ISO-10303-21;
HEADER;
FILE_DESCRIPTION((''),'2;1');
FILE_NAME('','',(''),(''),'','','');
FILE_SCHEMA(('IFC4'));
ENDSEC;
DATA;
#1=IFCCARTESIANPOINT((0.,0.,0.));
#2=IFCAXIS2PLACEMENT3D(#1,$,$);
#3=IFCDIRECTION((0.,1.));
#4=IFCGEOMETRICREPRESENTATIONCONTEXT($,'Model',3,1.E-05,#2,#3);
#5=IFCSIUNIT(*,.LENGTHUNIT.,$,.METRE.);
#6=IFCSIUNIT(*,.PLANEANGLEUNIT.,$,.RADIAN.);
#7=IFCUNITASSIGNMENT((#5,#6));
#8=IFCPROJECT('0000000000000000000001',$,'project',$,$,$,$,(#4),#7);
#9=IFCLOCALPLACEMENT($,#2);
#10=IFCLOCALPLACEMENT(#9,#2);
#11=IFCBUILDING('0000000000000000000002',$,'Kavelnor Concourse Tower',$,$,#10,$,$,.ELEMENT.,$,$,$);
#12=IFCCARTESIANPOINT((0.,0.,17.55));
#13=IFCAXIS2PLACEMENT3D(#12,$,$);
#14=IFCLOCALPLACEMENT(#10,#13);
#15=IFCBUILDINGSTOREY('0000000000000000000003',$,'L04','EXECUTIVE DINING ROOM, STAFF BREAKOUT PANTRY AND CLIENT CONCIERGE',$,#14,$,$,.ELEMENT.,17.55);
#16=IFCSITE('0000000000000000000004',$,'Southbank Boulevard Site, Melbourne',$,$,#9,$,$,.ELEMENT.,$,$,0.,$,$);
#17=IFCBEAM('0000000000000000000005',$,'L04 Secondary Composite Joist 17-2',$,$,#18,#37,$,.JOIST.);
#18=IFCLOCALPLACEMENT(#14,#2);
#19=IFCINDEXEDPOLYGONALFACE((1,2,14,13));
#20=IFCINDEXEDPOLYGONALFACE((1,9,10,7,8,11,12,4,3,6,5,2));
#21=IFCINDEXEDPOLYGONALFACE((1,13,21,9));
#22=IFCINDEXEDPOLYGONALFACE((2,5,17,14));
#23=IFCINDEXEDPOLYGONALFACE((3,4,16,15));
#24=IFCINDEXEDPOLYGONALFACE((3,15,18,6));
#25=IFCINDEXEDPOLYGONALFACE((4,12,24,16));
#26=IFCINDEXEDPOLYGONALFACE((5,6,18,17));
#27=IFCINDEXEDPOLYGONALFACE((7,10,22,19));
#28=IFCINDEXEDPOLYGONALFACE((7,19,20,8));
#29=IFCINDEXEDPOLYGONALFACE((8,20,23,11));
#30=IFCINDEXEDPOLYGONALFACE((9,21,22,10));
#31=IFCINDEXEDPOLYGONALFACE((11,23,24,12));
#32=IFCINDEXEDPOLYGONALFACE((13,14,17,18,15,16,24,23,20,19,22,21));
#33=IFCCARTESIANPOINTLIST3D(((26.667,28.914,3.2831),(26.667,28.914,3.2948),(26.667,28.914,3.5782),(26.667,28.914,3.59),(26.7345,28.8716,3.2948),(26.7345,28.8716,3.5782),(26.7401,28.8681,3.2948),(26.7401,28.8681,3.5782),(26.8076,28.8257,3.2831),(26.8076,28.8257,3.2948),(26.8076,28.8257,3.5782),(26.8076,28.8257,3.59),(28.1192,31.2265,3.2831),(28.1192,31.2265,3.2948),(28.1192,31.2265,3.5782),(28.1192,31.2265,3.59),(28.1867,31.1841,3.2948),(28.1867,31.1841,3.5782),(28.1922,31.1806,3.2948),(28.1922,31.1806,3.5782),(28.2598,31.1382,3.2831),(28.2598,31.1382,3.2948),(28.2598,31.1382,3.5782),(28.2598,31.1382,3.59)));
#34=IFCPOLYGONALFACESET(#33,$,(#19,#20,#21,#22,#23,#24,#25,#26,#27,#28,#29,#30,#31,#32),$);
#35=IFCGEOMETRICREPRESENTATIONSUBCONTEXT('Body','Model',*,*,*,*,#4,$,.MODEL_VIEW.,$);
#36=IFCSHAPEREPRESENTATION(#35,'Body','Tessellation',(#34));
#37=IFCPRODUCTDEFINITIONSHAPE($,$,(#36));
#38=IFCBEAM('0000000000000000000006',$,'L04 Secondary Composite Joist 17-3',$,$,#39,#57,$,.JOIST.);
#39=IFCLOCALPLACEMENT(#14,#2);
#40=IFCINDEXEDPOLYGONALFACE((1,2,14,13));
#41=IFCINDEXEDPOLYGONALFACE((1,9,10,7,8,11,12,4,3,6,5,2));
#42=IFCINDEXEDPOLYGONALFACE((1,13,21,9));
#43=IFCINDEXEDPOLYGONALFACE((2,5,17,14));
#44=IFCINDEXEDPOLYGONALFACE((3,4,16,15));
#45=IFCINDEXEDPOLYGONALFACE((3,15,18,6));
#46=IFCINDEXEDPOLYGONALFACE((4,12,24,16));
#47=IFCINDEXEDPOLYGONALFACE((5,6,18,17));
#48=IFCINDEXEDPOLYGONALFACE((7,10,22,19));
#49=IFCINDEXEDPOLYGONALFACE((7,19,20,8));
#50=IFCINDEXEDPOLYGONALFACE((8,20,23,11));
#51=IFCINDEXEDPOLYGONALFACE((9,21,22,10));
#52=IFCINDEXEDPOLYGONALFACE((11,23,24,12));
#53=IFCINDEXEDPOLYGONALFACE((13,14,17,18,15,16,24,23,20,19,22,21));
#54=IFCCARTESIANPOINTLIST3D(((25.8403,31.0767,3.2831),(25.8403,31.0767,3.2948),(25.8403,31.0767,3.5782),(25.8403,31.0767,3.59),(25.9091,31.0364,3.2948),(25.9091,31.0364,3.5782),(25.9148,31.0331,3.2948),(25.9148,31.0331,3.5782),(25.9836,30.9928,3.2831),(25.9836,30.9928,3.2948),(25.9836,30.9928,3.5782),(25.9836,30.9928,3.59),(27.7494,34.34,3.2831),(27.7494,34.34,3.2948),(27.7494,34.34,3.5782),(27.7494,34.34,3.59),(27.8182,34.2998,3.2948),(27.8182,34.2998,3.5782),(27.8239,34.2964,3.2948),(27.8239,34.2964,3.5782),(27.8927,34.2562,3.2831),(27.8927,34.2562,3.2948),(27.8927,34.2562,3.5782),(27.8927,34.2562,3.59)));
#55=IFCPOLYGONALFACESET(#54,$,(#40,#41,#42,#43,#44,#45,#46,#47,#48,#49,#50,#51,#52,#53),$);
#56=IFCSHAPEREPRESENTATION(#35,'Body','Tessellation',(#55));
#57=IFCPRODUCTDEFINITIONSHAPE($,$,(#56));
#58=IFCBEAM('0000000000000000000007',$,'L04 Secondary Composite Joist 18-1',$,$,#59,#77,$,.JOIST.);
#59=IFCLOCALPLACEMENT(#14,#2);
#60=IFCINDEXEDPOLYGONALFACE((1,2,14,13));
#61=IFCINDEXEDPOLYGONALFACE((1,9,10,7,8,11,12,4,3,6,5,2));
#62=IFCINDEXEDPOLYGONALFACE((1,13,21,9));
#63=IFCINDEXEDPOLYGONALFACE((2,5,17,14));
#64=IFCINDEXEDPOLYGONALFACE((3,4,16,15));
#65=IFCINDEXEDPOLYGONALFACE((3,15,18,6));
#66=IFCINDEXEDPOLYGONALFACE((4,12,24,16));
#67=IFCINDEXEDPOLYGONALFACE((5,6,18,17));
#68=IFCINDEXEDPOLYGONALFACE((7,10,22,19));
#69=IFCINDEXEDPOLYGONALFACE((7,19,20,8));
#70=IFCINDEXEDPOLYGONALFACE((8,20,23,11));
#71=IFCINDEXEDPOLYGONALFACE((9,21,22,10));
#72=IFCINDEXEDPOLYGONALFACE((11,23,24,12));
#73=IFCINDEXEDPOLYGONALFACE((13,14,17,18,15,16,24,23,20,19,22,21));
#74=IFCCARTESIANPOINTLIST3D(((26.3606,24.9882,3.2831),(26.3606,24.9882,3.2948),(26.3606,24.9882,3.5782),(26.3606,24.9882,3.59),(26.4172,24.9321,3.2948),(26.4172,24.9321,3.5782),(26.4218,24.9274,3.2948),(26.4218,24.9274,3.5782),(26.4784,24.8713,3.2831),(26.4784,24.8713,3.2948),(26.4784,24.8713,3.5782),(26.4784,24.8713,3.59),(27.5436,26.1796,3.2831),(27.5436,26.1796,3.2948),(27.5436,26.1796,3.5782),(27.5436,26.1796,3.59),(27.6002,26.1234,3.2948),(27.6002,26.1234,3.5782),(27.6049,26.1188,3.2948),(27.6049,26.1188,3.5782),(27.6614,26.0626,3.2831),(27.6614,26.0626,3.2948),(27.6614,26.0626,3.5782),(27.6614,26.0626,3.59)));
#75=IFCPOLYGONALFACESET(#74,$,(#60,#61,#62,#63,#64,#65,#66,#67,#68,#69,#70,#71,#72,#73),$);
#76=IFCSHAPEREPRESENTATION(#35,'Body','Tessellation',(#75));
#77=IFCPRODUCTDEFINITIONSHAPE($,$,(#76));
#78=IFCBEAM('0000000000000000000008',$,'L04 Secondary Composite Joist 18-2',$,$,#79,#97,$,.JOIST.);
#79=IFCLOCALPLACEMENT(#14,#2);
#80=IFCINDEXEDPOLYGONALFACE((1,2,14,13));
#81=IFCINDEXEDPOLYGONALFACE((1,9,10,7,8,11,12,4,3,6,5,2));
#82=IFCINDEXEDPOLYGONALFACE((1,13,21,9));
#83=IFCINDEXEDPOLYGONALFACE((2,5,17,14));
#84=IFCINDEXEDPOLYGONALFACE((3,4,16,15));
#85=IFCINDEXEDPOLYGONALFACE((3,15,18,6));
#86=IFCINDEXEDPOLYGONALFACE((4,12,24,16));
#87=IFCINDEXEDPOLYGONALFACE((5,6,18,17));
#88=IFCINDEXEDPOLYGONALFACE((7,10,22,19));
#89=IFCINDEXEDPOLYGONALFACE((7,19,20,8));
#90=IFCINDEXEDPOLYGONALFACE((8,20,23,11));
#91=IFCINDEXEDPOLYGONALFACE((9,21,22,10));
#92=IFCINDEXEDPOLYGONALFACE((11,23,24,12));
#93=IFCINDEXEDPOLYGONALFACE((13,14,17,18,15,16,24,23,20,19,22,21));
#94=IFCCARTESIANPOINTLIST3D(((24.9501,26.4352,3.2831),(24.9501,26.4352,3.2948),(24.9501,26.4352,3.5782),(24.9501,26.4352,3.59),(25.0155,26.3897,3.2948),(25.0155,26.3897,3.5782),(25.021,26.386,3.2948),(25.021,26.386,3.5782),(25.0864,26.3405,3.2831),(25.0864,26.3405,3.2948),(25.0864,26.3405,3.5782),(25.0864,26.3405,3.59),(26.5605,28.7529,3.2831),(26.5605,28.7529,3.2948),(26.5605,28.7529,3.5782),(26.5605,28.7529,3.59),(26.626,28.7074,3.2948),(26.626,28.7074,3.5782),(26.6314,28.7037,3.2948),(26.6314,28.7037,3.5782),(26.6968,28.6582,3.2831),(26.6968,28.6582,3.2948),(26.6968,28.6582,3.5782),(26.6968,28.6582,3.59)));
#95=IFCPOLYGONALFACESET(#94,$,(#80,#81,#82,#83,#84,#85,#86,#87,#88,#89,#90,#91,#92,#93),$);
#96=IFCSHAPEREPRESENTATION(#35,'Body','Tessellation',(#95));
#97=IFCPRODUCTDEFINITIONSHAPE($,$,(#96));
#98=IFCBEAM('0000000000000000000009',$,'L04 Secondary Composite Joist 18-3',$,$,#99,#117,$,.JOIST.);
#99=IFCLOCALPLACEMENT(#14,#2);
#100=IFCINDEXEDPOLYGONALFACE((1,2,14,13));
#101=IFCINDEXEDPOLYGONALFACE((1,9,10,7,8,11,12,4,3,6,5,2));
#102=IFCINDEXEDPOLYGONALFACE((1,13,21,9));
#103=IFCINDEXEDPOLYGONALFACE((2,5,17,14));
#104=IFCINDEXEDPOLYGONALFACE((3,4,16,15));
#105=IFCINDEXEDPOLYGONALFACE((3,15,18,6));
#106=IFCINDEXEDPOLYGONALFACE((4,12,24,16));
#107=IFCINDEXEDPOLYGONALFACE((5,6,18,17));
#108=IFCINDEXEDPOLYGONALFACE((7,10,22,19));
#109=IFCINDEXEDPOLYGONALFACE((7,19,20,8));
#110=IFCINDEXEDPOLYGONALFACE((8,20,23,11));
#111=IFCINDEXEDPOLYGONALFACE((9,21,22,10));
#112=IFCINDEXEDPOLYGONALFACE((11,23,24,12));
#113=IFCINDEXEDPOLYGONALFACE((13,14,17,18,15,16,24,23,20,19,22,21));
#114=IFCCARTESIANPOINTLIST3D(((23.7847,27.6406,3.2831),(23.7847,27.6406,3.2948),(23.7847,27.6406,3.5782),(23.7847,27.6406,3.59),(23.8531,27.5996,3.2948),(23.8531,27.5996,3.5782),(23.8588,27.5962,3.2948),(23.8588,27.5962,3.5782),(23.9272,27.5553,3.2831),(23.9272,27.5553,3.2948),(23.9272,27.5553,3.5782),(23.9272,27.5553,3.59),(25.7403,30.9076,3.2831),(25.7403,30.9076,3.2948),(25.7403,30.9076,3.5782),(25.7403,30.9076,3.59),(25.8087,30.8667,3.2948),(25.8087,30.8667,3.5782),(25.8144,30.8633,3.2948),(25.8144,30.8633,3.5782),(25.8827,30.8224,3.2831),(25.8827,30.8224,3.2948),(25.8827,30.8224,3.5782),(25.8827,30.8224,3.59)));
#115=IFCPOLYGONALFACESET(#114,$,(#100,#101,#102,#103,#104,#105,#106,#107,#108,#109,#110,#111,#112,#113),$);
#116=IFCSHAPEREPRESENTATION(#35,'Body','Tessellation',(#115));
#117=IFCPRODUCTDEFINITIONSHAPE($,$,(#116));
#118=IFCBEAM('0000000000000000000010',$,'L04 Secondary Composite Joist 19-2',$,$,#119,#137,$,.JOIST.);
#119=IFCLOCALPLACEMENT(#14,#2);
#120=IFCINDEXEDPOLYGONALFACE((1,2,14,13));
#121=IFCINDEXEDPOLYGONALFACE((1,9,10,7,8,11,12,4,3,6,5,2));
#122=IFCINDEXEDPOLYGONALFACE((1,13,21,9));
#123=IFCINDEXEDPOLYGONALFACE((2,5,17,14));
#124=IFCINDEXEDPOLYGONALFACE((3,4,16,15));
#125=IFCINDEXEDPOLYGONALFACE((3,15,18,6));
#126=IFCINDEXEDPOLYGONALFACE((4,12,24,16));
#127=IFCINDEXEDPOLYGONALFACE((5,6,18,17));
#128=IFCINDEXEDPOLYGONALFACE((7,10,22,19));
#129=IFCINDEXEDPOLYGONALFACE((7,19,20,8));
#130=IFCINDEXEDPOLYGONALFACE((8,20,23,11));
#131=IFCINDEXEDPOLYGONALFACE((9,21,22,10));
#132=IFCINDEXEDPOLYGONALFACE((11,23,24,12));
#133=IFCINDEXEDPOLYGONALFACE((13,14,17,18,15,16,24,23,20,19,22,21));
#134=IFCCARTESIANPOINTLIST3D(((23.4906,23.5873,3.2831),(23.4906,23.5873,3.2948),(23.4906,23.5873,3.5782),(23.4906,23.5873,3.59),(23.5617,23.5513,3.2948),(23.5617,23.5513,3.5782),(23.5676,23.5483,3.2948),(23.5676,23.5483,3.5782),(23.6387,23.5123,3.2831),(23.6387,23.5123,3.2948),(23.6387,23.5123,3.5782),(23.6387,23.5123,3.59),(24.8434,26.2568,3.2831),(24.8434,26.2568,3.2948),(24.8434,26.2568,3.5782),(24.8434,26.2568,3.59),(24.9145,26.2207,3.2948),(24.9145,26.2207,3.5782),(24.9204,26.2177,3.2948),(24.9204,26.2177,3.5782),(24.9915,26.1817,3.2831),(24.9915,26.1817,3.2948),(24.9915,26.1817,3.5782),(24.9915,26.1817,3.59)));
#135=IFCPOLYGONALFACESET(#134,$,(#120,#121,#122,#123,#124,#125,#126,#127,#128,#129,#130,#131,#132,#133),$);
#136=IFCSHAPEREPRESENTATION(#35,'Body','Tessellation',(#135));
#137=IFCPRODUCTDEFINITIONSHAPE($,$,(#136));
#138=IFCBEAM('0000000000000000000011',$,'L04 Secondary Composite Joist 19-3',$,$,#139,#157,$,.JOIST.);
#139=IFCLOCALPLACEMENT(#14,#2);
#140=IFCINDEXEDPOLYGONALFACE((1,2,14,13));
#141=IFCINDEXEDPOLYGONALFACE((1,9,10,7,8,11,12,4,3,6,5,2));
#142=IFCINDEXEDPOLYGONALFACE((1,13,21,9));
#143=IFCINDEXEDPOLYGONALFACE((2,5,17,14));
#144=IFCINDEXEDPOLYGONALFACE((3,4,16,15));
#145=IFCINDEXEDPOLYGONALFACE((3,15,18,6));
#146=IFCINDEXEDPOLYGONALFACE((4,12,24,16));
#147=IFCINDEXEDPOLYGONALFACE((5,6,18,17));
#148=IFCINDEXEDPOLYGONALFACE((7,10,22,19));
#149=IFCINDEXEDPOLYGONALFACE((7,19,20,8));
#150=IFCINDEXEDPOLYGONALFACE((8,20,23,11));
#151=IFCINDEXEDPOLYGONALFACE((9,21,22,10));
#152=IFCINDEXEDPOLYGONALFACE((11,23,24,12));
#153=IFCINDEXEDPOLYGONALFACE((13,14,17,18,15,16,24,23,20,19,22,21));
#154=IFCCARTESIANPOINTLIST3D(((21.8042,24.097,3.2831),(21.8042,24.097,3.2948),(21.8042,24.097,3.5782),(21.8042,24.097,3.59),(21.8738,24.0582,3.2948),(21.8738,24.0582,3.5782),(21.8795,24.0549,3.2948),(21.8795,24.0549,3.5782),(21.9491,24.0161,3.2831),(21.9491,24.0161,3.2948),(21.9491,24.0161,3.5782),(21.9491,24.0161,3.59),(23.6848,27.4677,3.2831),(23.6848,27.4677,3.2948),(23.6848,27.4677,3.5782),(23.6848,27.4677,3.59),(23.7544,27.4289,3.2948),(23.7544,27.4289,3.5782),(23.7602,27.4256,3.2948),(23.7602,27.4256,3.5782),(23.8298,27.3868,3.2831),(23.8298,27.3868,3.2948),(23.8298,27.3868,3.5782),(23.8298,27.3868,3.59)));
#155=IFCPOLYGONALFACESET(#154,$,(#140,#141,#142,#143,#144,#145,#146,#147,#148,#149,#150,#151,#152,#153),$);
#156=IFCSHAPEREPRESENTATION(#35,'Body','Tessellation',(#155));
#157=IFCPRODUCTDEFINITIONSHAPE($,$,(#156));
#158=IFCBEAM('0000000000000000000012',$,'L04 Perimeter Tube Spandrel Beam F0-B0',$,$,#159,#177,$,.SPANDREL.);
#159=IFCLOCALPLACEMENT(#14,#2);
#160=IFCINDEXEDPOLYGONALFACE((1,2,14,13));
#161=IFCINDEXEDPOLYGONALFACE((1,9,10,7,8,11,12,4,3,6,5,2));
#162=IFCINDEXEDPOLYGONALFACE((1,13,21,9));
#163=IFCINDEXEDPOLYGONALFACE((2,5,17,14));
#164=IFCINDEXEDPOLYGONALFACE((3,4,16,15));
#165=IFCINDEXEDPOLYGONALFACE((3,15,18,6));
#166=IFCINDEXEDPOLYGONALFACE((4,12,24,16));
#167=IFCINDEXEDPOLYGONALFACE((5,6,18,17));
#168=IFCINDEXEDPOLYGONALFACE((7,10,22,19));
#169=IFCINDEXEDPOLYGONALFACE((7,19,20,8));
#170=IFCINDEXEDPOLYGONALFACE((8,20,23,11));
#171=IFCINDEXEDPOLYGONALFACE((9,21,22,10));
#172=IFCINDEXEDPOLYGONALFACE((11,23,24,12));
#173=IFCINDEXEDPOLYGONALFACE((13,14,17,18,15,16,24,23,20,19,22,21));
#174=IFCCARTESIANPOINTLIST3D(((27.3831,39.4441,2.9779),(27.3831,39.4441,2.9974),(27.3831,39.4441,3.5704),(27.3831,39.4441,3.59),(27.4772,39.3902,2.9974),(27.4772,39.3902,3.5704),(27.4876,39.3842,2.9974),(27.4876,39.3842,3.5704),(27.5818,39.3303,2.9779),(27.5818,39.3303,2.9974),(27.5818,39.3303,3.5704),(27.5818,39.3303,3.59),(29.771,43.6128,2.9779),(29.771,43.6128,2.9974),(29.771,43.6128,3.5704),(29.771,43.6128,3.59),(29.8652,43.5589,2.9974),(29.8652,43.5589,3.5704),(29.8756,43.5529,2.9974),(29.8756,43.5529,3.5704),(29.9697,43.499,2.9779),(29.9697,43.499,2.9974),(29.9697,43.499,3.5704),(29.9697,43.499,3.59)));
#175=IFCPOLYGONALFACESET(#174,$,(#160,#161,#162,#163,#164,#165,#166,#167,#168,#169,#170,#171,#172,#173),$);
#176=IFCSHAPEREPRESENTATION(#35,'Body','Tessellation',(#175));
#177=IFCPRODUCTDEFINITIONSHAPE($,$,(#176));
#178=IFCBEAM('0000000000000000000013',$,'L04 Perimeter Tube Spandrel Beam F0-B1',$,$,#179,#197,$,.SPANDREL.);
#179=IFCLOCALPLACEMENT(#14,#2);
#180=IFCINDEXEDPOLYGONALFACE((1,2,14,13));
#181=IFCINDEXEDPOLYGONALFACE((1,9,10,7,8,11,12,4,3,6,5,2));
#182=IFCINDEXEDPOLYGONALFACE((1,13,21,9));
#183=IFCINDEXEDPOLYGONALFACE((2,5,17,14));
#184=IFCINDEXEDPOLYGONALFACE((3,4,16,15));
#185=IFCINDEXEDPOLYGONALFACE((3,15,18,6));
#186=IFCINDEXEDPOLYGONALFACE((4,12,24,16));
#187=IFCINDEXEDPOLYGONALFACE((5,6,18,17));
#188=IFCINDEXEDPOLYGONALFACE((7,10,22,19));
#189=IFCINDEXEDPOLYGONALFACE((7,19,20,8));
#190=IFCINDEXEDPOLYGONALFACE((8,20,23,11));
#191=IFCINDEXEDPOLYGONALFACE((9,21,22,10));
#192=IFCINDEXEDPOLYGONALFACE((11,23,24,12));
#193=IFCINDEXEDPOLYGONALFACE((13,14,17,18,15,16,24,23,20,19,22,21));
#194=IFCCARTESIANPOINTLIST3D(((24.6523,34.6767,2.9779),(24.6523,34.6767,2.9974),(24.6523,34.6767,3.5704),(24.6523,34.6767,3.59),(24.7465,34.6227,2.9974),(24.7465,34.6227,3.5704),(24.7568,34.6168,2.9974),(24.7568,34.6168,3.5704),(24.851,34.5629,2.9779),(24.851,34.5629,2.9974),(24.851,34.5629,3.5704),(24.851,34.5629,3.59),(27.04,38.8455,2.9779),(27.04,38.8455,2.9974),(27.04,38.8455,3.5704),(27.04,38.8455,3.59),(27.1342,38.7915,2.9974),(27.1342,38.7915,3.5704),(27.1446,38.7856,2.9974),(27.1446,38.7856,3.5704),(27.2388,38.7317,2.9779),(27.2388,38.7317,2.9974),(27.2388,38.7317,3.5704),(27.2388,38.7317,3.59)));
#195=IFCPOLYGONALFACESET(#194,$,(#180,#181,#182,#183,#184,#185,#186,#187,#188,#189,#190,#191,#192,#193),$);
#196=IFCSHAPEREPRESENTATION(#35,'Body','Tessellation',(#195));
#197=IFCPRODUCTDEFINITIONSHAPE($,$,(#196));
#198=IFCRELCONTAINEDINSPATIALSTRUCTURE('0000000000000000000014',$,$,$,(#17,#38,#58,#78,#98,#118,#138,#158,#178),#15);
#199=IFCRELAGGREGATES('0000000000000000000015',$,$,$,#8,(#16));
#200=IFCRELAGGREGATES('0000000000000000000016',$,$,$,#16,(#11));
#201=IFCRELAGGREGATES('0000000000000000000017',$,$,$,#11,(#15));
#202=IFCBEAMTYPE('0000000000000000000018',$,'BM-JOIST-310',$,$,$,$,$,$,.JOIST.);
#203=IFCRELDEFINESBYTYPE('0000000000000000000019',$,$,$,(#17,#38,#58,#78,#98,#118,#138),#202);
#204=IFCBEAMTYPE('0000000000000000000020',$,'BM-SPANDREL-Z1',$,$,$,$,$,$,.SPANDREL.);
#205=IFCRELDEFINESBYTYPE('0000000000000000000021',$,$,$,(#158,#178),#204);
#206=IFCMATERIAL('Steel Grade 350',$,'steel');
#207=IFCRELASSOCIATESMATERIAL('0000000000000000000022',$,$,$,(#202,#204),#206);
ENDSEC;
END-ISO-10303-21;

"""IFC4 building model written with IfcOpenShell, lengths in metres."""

from ifc_helpers import new_model, si_unit, direction, frame, origin, origin_2d, place, context, subcontext, project, spatial, i_section, extrude, material, material_profile, profile_set, type_object, element, save


model = new_model("IFC4")

# Units and contexts
model_context = context("Model", 3, precision=1e-05, world=origin(), true_north=direction((0.0, 1.0)))
body_context = subcontext(model_context, "Body", "Model", "MODEL_VIEW")
ifc_project = project(units=[si_unit("LENGTHUNIT", "METRE"), si_unit("PLANEANGLEUNIT", "RADIAN")], contexts=[model_context])

# Site, building, storey
site_placement = place(None, origin())
site = spatial("IfcSite", under=ifc_project, at=site_placement, Name="Southbank Boulevard Site, Melbourne", CompositionType="ELEMENT", RefElevation=0.0)
building_placement = place(site_placement, origin())
building = spatial("IfcBuilding", under=site, at=building_placement, Name="Kavelnor Concourse Tower", CompositionType="ELEMENT")
storey_placement = place(building_placement, frame((0.0, 0.0, 17.55)))
storey = spatial("IfcBuildingStorey", under=building, at=storey_placement, Name="L04", Description="EXECUTIVE DINING ROOM, STAFF BREAKOUT PANTRY AND CLIENT CONCIERGE", CompositionType="ELEMENT", Elevation=17.55)

# Shared definitions
ifc_material_1 = material(Name="Steel Grade 350", Category="steel")

# Beams
ifc_material_profile_1 = material_profile(ifc_material_1, i_section(OverallWidth=0.166, OverallDepth=0.3069, WebThickness=0.0066, FlangeThickness=0.0117, at=origin_2d()), Name="310UB46")
ifc_profile_set_1 = profile_set([ifc_material_profile_1], Name="Steel Grade 350")
beam_type_1 = type_object("IfcBeamType", Name="BM-JOIST-310", PredefinedType="JOIST", material=ifc_profile_set_1)
beam_1_placement = place(storey_placement, frame((28.1895, 31.1824, 3.4365), z_axis=(-0.531798, -0.846871, 0.0), x_axis=(0.846871, -0.531798, 0.0)))
element("IfcBeam", 1, at=beam_1_placement, inside=storey, type_object=beam_type_1, Name="L04 Secondary Composite Joist 17-2", PredefinedType="JOIST", context=body_context, shape_type="SweptSolid", body=[
    extrude(i_section(OverallWidth=0.166, OverallDepth=0.3069, WebThickness=0.0066, FlangeThickness=0.0117, at=origin_2d()), origin(), (0.0, 0.0, 1.0), 2.7307),
])
beam_2_placement = place(storey_placement, frame((27.821, 34.2981, 3.4365), z_axis=(-0.504959, -0.863144, 0.0), x_axis=(0.863144, -0.504959, 0.0)))
element("IfcBeam", 2, at=beam_2_placement, inside=storey, type_object=beam_type_1, Name="L04 Secondary Composite Joist 17-3", PredefinedType="JOIST", context=body_context, shape_type="SweptSolid", body=[
    extrude(i_section(OverallWidth=0.166, OverallDepth=0.3069, WebThickness=0.0066, FlangeThickness=0.0117, at=origin_2d()), origin(), (0.0, 0.0, 1.0), 3.7808),
])
beam_3_placement = place(storey_placement, frame((27.6025, 26.1211, 3.4365), z_axis=(-0.704631, -0.709574, 0.0), x_axis=(0.709574, -0.704631, 0.0)))
element("IfcBeam", 3, at=beam_3_placement, inside=storey, type_object=beam_type_1, Name="L04 Secondary Composite Joist 18-1", PredefinedType="JOIST", context=body_context, shape_type="SweptSolid", body=[
    extrude(i_section(OverallWidth=0.166, OverallDepth=0.3069, WebThickness=0.0066, FlangeThickness=0.0117, at=origin_2d()), origin(), (0.0, 0.0, 1.0), 1.679),
])
beam_4_placement = place(storey_placement, frame((26.6287, 28.7056, 3.4365), z_axis=(-0.570608, -0.821222, 0.0), x_axis=(0.821222, -0.570608, 0.0)))
element("IfcBeam", 4, at=beam_4_placement, inside=storey, type_object=beam_type_1, Name="L04 Secondary Composite Joist 18-2", PredefinedType="JOIST", context=body_context, shape_type="SweptSolid", body=[
    extrude(i_section(OverallWidth=0.166, OverallDepth=0.3069, WebThickness=0.0066, FlangeThickness=0.0117, at=origin_2d()), origin(), (0.0, 0.0, 1.0), 2.8223),
])
beam_5_placement = place(storey_placement, frame((25.8115, 30.865, 3.4365), z_axis=(-0.51359, -0.858036, 0.0), x_axis=(0.858036, -0.51359, 0.0)))
element("IfcBeam", 5, at=beam_5_placement, inside=storey, type_object=beam_type_1, Name="L04 Secondary Composite Joist 18-3", PredefinedType="JOIST", context=body_context, shape_type="SweptSolid", body=[
    extrude(i_section(OverallWidth=0.166, OverallDepth=0.3069, WebThickness=0.0066, FlangeThickness=0.0117, at=origin_2d()), origin(), (0.0, 0.0, 1.0), 3.8076),
])
beam_6_placement = place(storey_placement, frame((24.9175, 26.2192, 3.4365), z_axis=(-0.452037, -0.891999, 0.0), x_axis=(0.891999, -0.452037, 0.0)))
element("IfcBeam", 6, at=beam_6_placement, inside=storey, type_object=beam_type_1, Name="L04 Secondary Composite Joist 19-2", PredefinedType="JOIST", context=body_context, shape_type="SweptSolid", body=[
    extrude(i_section(OverallWidth=0.166, OverallDepth=0.3069, WebThickness=0.0066, FlangeThickness=0.0117, at=origin_2d()), origin(), (0.0, 0.0, 1.0), 2.9927),
])
beam_7_placement = place(storey_placement, frame((23.7573, 27.4272, 3.4365), z_axis=(-0.487237, -0.87327, 0.0), x_axis=(0.87327, -0.487237, 0.0)))
element("IfcBeam", 7, at=beam_7_placement, inside=storey, type_object=beam_type_1, Name="L04 Secondary Composite Joist 19-3", PredefinedType="JOIST", context=body_context, shape_type="SweptSolid", body=[
    extrude(i_section(OverallWidth=0.166, OverallDepth=0.3069, WebThickness=0.0066, FlangeThickness=0.0117, at=origin_2d()), origin(), (0.0, 0.0, 1.0), 3.8599),
])
ifc_material_profile_2 = material_profile(ifc_material_1, i_section(OverallWidth=0.229, OverallDepth=0.6121, WebThickness=0.012, FlangeThickness=0.0195, at=origin_2d()), Name="610UB125")
ifc_profile_set_2 = profile_set([ifc_material_profile_2], Name="Steel Grade 350")
beam_type_2 = type_object("IfcBeamType", Name="BM-SPANDREL-Z1", PredefinedType="SPANDREL", material=ifc_profile_set_2)
for number, where, z_axis, x_axis, name in (
    (8, (29.8704, 43.5559, 3.2839), (-0.497053, -0.86772, 0.0), (0.86772, -0.497053, 0.0), "L04 Perimeter Tube Spandrel Beam F0-B0"),
    (9, (27.1394, 38.7886, 3.2839), (-0.497014, -0.867742, 0.0), (0.867742, -0.497014, 0.0), "L04 Perimeter Tube Spandrel Beam F0-B1"),
):
    element("IfcBeam", number, at=place(storey_placement, frame(where, z_axis=z_axis, x_axis=x_axis)), inside=storey, type_object=beam_type_2, Name=name, PredefinedType="SPANDREL", context=body_context, shape_type="SweptSolid", body=[
        extrude(i_section(OverallWidth=0.229, OverallDepth=0.6121, WebThickness=0.012, FlangeThickness=0.0195, at=origin_2d()), origin(), (0.0, 0.0, 1.0), 4.8042),
    ])

save(model, "model.ifc")
